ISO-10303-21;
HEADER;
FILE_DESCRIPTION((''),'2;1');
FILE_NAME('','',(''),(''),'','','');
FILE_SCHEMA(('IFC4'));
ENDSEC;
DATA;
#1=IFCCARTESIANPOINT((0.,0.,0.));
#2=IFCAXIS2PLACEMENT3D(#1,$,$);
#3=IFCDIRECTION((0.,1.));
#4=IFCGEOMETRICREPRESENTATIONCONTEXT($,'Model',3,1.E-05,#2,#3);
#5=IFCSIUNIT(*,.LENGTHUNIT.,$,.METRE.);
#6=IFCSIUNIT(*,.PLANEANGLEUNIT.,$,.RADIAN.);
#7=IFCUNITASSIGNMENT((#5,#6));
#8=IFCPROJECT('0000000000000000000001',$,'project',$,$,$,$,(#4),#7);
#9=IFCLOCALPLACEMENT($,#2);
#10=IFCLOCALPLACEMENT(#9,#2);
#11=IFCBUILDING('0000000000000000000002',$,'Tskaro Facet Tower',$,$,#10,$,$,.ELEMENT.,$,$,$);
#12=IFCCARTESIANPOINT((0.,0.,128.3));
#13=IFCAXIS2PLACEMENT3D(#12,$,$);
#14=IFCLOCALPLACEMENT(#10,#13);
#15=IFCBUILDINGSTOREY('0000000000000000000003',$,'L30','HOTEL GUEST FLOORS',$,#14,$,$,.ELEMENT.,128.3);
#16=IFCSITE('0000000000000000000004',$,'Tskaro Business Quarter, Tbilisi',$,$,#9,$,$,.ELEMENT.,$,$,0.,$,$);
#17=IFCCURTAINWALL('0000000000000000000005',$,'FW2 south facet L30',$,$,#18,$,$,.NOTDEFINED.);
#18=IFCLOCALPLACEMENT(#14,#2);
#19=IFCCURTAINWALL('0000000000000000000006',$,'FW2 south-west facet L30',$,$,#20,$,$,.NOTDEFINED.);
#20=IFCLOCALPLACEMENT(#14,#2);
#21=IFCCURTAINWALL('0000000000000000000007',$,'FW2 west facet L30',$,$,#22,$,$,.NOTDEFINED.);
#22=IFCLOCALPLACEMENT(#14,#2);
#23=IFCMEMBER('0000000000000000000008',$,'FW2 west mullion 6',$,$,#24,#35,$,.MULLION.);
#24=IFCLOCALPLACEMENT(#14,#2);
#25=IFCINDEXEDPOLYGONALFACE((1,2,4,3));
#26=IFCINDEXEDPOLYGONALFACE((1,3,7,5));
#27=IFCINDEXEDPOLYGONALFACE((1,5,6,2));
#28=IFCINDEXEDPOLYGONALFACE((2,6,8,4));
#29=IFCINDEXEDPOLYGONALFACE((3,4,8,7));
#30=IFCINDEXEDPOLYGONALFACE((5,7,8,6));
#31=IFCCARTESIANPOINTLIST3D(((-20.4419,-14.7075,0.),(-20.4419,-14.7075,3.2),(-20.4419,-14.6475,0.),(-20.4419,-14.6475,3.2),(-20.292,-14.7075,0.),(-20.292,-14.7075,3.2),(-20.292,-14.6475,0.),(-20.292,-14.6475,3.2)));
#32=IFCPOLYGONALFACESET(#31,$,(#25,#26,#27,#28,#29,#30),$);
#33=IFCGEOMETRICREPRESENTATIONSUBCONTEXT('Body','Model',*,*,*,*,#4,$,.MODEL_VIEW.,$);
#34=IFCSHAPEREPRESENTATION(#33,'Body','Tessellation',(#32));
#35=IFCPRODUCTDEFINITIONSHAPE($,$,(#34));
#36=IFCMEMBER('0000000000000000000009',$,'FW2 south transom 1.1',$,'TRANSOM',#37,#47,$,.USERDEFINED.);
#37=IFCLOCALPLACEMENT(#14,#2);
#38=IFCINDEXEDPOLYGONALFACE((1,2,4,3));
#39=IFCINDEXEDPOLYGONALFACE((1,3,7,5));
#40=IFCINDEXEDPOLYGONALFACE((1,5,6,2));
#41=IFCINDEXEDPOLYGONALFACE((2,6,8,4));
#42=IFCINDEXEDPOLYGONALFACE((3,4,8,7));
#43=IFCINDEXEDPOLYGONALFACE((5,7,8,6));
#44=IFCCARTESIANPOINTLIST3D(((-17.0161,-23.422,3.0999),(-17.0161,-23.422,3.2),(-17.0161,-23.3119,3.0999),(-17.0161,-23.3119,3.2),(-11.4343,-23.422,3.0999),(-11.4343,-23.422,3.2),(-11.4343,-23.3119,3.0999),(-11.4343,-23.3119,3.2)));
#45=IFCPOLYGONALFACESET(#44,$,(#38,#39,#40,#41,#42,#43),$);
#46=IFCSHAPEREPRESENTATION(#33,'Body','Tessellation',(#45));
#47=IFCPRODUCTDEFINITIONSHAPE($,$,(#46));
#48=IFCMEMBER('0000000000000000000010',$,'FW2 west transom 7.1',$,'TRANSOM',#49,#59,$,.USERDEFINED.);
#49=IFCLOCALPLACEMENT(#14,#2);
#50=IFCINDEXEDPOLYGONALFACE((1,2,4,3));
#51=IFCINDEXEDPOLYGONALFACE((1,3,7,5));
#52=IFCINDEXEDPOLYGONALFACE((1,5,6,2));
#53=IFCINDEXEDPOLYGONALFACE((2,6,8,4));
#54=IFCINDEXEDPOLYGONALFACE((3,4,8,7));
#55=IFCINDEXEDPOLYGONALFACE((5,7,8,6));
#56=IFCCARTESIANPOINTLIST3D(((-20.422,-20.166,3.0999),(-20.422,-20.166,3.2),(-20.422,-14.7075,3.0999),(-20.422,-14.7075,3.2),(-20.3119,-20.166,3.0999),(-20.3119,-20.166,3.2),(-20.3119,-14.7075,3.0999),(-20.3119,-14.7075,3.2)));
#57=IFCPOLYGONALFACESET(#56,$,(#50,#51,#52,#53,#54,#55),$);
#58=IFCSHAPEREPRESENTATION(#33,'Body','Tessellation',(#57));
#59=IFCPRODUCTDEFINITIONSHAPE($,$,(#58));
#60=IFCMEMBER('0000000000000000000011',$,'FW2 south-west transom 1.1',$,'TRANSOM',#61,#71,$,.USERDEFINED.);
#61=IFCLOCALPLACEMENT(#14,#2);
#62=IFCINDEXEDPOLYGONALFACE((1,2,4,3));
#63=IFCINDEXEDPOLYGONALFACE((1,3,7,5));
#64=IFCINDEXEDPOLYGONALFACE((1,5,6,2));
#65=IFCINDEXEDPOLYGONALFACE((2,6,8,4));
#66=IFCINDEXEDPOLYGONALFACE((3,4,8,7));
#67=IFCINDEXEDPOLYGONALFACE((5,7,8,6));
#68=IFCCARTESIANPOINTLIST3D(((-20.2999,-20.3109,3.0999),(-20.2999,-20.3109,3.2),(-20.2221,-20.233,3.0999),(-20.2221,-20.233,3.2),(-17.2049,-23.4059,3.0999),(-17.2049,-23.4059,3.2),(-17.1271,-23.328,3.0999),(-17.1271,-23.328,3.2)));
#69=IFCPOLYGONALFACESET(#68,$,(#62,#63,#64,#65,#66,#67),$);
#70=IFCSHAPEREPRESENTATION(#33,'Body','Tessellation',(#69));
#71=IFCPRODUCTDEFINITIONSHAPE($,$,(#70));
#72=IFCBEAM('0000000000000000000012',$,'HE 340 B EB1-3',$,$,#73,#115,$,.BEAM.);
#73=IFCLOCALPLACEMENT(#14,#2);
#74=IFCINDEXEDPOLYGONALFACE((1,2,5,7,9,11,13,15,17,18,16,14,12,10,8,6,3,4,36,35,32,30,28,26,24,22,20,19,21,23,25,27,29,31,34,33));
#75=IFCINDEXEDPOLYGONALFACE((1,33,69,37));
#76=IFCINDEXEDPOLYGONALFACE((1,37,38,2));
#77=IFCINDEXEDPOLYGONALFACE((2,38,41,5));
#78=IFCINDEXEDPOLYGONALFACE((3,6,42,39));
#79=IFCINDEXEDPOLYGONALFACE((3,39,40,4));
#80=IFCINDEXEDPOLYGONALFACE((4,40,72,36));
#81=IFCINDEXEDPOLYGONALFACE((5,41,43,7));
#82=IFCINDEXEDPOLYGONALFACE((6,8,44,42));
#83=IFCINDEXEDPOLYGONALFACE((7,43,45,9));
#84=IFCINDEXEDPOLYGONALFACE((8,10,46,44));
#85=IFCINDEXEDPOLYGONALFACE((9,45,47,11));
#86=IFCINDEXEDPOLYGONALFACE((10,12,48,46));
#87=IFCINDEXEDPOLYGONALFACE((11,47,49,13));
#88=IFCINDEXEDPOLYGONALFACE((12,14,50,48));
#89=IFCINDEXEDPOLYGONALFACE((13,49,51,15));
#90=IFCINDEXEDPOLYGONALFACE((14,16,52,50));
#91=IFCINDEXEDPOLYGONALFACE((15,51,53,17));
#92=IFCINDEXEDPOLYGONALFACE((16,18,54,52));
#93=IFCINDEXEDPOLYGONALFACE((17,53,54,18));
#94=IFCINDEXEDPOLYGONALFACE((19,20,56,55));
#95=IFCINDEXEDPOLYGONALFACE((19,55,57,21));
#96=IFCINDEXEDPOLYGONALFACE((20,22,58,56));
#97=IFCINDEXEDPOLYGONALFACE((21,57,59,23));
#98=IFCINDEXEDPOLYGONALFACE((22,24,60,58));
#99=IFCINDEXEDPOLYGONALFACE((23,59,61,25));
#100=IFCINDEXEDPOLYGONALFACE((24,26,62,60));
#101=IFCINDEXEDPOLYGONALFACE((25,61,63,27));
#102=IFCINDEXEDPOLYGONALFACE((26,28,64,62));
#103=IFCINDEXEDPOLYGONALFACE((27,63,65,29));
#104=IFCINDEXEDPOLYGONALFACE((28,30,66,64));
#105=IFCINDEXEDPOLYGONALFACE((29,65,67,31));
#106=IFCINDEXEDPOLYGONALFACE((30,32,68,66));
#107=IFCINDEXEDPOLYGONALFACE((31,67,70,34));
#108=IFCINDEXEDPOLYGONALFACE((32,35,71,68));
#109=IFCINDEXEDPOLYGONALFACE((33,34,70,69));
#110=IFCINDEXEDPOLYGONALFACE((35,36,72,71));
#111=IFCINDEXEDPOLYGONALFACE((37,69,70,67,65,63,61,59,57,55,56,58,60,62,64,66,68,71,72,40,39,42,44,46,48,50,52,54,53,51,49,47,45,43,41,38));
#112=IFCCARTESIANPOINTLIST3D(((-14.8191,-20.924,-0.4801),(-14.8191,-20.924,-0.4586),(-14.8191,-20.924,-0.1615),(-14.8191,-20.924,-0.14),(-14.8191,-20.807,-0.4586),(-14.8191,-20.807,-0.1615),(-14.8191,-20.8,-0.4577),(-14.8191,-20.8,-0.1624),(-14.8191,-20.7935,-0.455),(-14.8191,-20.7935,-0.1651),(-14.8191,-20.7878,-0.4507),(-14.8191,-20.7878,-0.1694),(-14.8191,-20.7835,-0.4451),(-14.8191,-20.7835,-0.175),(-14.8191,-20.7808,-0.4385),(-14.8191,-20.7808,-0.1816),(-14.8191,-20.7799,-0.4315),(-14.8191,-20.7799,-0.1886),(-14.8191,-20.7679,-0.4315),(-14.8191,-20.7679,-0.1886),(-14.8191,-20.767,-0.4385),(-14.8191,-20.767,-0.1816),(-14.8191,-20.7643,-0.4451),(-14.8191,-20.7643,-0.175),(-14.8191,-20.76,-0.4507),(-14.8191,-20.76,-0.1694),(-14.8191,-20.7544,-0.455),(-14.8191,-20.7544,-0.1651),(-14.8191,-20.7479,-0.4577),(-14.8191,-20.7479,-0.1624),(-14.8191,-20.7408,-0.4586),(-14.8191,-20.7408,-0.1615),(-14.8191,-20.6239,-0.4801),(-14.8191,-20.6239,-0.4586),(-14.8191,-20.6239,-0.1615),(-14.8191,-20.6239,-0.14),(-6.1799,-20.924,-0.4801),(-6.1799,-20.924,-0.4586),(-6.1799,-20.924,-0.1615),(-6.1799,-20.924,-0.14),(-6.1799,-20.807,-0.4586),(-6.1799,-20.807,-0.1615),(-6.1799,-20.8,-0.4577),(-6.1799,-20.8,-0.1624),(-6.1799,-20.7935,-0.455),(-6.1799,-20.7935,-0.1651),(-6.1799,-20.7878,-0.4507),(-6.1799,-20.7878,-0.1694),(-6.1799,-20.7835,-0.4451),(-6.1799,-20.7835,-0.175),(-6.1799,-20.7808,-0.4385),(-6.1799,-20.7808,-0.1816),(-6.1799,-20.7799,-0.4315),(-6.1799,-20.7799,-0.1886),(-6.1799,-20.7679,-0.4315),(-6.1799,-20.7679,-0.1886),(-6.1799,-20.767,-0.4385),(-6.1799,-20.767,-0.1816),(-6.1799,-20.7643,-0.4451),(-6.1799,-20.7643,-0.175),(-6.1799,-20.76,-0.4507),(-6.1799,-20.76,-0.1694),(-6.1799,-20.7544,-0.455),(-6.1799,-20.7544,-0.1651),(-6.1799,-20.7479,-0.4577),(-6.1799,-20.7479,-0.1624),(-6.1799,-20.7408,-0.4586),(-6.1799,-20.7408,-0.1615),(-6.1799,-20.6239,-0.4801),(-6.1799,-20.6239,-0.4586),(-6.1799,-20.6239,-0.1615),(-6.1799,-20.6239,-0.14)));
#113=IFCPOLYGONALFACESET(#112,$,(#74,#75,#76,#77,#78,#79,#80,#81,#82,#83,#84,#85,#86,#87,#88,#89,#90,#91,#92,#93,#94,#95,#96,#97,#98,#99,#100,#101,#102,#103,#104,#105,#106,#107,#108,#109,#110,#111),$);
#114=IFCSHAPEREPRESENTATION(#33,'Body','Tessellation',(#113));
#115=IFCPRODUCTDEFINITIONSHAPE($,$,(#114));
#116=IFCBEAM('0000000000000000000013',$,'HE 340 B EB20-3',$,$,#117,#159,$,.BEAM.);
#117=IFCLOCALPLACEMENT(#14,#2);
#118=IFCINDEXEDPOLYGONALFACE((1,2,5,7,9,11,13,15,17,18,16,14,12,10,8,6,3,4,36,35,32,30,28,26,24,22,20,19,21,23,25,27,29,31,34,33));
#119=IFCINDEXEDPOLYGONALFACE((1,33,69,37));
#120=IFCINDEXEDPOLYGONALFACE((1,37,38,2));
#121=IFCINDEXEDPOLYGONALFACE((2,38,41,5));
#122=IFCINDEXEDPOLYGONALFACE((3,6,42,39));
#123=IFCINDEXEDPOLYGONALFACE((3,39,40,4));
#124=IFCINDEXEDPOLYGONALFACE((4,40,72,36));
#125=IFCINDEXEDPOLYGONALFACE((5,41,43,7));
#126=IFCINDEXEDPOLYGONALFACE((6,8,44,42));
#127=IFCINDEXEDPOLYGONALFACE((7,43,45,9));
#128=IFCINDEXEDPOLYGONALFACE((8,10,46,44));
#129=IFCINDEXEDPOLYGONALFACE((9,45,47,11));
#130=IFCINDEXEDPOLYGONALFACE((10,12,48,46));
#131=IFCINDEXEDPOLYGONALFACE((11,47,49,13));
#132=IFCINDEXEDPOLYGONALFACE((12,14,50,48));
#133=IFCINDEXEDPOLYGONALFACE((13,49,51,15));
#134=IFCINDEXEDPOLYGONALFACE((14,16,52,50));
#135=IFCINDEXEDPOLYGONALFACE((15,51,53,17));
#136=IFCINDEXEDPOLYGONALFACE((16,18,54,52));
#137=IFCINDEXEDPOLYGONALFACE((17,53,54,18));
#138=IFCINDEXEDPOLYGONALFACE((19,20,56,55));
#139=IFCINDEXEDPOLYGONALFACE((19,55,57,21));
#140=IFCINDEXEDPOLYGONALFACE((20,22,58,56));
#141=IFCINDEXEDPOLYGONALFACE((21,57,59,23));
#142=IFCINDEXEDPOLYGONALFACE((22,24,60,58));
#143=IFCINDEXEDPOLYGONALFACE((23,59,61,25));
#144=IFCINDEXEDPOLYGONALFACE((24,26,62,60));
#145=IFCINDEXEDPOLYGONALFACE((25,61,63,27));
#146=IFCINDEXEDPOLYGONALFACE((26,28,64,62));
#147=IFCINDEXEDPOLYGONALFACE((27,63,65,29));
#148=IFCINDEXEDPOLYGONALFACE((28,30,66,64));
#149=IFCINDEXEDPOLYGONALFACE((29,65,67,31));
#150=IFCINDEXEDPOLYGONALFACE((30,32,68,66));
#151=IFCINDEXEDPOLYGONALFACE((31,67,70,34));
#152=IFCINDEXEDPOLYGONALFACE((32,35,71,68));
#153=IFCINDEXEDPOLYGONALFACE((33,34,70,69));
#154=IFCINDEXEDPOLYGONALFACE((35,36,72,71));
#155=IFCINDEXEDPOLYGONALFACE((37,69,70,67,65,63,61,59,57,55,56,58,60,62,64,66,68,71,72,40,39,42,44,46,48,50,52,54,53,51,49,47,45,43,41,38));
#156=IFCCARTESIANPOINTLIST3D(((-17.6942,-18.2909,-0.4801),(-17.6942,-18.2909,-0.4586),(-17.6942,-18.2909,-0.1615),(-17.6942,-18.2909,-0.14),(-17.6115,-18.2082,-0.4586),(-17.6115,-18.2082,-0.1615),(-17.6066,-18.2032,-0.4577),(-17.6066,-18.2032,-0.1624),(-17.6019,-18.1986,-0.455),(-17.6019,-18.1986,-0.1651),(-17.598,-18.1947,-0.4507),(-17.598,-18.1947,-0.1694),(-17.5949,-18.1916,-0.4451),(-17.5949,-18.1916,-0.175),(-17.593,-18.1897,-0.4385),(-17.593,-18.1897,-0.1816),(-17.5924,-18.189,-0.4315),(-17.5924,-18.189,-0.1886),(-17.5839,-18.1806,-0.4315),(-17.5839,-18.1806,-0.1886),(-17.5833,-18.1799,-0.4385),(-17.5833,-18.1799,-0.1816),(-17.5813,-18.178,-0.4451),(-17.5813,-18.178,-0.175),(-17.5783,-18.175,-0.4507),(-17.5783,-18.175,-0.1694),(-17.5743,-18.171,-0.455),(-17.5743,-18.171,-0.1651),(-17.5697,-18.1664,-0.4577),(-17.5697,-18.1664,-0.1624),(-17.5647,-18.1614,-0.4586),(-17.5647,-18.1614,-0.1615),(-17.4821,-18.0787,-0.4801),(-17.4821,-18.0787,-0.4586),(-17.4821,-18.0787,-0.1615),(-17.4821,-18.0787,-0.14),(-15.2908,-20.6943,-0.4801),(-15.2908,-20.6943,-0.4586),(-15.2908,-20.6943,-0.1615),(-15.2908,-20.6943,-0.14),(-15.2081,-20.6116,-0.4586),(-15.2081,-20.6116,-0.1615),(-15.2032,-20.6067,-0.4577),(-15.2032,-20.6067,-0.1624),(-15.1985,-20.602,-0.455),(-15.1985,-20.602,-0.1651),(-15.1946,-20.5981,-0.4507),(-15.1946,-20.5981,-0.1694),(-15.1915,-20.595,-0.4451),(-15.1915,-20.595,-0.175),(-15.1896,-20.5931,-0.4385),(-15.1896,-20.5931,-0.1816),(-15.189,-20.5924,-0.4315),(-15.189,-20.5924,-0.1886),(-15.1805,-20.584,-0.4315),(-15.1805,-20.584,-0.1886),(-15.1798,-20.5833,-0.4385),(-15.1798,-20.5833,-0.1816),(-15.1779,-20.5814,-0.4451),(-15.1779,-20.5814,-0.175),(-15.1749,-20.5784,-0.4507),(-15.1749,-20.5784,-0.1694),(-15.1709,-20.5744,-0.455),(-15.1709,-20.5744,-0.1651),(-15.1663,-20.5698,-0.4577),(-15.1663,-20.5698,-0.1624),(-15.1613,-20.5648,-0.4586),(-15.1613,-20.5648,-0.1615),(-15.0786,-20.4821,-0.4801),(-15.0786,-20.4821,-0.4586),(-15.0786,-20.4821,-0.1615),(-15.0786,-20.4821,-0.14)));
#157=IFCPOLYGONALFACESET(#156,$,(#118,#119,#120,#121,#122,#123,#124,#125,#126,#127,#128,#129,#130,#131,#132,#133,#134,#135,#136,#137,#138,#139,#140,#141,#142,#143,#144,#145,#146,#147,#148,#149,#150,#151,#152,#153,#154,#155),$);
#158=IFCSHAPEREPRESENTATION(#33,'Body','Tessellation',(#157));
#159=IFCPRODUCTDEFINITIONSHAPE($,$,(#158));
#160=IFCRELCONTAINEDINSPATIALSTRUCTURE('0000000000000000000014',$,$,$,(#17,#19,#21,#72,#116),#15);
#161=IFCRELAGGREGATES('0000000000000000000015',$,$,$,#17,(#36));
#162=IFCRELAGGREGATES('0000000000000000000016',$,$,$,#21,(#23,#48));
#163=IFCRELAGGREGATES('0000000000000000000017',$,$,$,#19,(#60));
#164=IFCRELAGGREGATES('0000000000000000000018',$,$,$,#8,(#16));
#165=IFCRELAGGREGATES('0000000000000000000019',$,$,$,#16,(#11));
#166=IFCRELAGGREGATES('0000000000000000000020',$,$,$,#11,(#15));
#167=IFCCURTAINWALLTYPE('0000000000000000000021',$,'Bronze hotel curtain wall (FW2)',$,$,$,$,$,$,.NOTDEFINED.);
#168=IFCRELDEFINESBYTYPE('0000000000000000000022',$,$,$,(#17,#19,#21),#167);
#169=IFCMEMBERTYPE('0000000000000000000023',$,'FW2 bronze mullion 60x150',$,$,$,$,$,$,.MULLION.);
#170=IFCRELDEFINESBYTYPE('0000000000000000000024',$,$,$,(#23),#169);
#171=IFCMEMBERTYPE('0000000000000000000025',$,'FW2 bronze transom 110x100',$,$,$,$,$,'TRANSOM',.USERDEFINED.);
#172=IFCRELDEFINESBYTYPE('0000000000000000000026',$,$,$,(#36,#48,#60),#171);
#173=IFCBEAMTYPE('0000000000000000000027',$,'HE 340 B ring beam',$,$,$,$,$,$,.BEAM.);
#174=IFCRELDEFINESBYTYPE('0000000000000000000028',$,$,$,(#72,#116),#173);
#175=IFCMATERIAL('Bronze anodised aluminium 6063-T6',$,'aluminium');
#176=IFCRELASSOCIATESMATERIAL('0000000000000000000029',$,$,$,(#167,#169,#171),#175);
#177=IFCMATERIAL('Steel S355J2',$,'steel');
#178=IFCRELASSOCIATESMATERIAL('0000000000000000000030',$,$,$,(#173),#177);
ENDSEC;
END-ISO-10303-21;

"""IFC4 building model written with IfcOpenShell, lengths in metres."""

from ifc_helpers import new_model, si_unit, direction, frame, origin, origin_2d, place, context, subcontext, project, spatial, rectangle, i_section, extrude, material, material_profile, profile_set, type_object, element, aggregate, save


model = new_model("IFC4")

# Units and contexts
model_context = context("Model", 3, precision=1e-05, world=origin(), true_north=direction((0.0, 1.0)))
body_context = subcontext(model_context, "Body", "Model", "MODEL_VIEW")
ifc_project = project(units=[si_unit("LENGTHUNIT", "METRE"), si_unit("PLANEANGLEUNIT", "RADIAN")], contexts=[model_context])

# Site, building, storey
site_placement = place(None, origin())
site = spatial("IfcSite", under=ifc_project, at=site_placement, Name="Tskaro Business Quarter, Tbilisi", CompositionType="ELEMENT", RefElevation=0.0)
building_placement = place(site_placement, origin())
building = spatial("IfcBuilding", under=site, at=building_placement, Name="Tskaro Facet Tower", CompositionType="ELEMENT")
storey_placement = place(building_placement, frame((0.0, 0.0, 128.3)))
storey = spatial("IfcBuildingStorey", under=building, at=storey_placement, Name="L30", Description="HOTEL GUEST FLOORS", CompositionType="ELEMENT", Elevation=128.3)

# Curtain walls, member
ifc_material_1 = material(Name="Bronze anodised aluminium 6063-T6", Category="aluminium")
curtain_wall_type = type_object("IfcCurtainWallType", Name="Bronze hotel curtain wall (FW2)", PredefinedType="NOTDEFINED", material=ifc_material_1)
curtain_wall_1_placement = place(storey_placement, origin())
curtain_wall_1 = element("IfcCurtainWall", 1, at=curtain_wall_1_placement, inside=storey, type_object=curtain_wall_type, Name="FW2 south facet L30", PredefinedType="NOTDEFINED")
curtain_wall_2_placement = place(storey_placement, origin())
curtain_wall_2 = element("IfcCurtainWall", 2, at=curtain_wall_2_placement, inside=storey, type_object=curtain_wall_type, Name="FW2 south-west facet L30", PredefinedType="NOTDEFINED")
curtain_wall_3_placement = place(storey_placement, origin())
curtain_wall_3 = element("IfcCurtainWall", 3, at=curtain_wall_3_placement, inside=storey, type_object=curtain_wall_type, Name="FW2 west facet L30", PredefinedType="NOTDEFINED")
ifc_material_profile_1 = material_profile(ifc_material_1, rectangle(XDim=0.0601, YDim=0.1499, at=origin_2d()), Name="Mullion 60x150")
ifc_profile_set_1 = profile_set([ifc_material_profile_1], Name="Bronze anodised aluminium 6063-T6")
member_type_1 = type_object("IfcMemberType", Name="FW2 bronze mullion 60x150", PredefinedType="MULLION", material=ifc_profile_set_1)
member_1_placement = place(storey_placement, frame((-20.3669, -14.6775, 0.0), z_axis=(0.0, 0.0, 1.0), x_axis=(0.0, -1.0, 0.0)))
member_1 = element("IfcMember", 4, at=member_1_placement, type_object=member_type_1, Name="FW2 west mullion 6", PredefinedType="MULLION", context=body_context, shape_type="SweptSolid", body=[
    extrude(rectangle(XDim=0.0601, YDim=0.1499, at=origin_2d()), origin(), (0.0, 0.0, 1.0), 3.2),
])

# Members
ifc_material_profile_2 = material_profile(ifc_material_1, rectangle(XDim=0.1101, YDim=0.1001, at=origin_2d()), Name="Transom 110x100")
ifc_profile_set_2 = profile_set([ifc_material_profile_2], Name="Bronze anodised aluminium 6063-T6")
member_type_2 = type_object("IfcMemberType", Name="FW2 bronze transom 110x100", ElementType="TRANSOM", PredefinedType="USERDEFINED", material=ifc_profile_set_2)
member_2_placement = place(storey_placement, frame((-17.0161, -23.3669, 3.1499), z_axis=(1.0, 0.0, 0.0), x_axis=(0.0, 1.0, 0.0)))
member_2 = element("IfcMember", 5, at=member_2_placement, type_object=member_type_2, Name="FW2 south transom 1.1", ObjectType="TRANSOM", PredefinedType="USERDEFINED", context=body_context, shape_type="SweptSolid", body=[
    extrude(rectangle(XDim=0.1101, YDim=0.1001, at=origin_2d()), origin(), (0.0, 0.0, 1.0), 5.5818),
])
member_3_placement = place(storey_placement, frame((-20.3669, -14.7075, 3.1499), z_axis=(0.0, -1.0, 0.0), x_axis=(1.0, 0.0, 0.0)))
member_3 = element("IfcMember", 6, at=member_3_placement, type_object=member_type_2, Name="FW2 west transom 7.1", ObjectType="TRANSOM", PredefinedType="USERDEFINED", context=body_context, shape_type="SweptSolid", body=[
    extrude(rectangle(XDim=0.1101, YDim=0.1001, at=origin_2d()), origin(), (0.0, 0.0, 1.0), 5.4585),
])
member_4_placement = place(storey_placement, frame((-20.261, -20.272, 3.1499), z_axis=(0.707107, -0.707107, 0.0), x_axis=(0.707107, 0.707107, 0.0)))
member_4 = element("IfcMember", 7, at=member_4_placement, type_object=member_type_2, Name="FW2 south-west transom 1.1", ObjectType="TRANSOM", PredefinedType="USERDEFINED", context=body_context, shape_type="SweptSolid", body=[
    extrude(rectangle(XDim=0.1101, YDim=0.1001, at=origin_2d()), origin(), (0.0, 0.0, 1.0), 4.377),
])

# Beams
ifc_material_2 = material(Name="Steel S355J2", Category="steel")
ifc_material_profile_3 = material_profile(ifc_material_2, i_section(OverallWidth=0.3, OverallDepth=0.3401, WebThickness=0.012, FlangeThickness=0.0215, FilletRadius=0.0271, at=origin_2d()), Name="HE 340 B")
ifc_profile_set_3 = profile_set([ifc_material_profile_3], Name="Steel S355J2")
beam_type_1 = type_object("IfcBeamType", Name="HE 340 B ring beam", PredefinedType="BEAM", material=ifc_profile_set_3)
beam_1_placement = place(storey_placement, frame((-14.8191, -20.7739, -0.3101), z_axis=(1.0, 0.0, 0.0), x_axis=(0.0, 1.0, 0.0)))
element("IfcBeam", 8, at=beam_1_placement, inside=storey, type_object=beam_type_1, Name="HE 340 B EB1-3", PredefinedType="BEAM", context=body_context, shape_type="SweptSolid", body=[
    extrude(i_section(OverallWidth=0.3, OverallDepth=0.3401, WebThickness=0.012, FlangeThickness=0.0215, FilletRadius=0.0271, at=origin_2d()), origin(), (0.0, 0.0, 1.0), 8.6392),
])
beam_2_placement = place(storey_placement, frame((-17.5881, -18.1848, -0.3101), z_axis=(0.707107, -0.707107, 0.0), x_axis=(0.707107, 0.707107, 0.0)))
element("IfcBeam", 9, at=beam_2_placement, inside=storey, type_object=beam_type_1, Name="HE 340 B EB20-3", PredefinedType="BEAM", context=body_context, shape_type="SweptSolid", body=[
    extrude(i_section(OverallWidth=0.3, OverallDepth=0.3401, WebThickness=0.012, FlangeThickness=0.0215, FilletRadius=0.0271, at=origin_2d()), origin(), (0.0, 0.0, 1.0), 3.3989),
])

aggregate(curtain_wall_1, [member_2])
aggregate(curtain_wall_3, [member_1, member_3])
aggregate(curtain_wall_2, [member_4])

save(model, "model.ifc")
